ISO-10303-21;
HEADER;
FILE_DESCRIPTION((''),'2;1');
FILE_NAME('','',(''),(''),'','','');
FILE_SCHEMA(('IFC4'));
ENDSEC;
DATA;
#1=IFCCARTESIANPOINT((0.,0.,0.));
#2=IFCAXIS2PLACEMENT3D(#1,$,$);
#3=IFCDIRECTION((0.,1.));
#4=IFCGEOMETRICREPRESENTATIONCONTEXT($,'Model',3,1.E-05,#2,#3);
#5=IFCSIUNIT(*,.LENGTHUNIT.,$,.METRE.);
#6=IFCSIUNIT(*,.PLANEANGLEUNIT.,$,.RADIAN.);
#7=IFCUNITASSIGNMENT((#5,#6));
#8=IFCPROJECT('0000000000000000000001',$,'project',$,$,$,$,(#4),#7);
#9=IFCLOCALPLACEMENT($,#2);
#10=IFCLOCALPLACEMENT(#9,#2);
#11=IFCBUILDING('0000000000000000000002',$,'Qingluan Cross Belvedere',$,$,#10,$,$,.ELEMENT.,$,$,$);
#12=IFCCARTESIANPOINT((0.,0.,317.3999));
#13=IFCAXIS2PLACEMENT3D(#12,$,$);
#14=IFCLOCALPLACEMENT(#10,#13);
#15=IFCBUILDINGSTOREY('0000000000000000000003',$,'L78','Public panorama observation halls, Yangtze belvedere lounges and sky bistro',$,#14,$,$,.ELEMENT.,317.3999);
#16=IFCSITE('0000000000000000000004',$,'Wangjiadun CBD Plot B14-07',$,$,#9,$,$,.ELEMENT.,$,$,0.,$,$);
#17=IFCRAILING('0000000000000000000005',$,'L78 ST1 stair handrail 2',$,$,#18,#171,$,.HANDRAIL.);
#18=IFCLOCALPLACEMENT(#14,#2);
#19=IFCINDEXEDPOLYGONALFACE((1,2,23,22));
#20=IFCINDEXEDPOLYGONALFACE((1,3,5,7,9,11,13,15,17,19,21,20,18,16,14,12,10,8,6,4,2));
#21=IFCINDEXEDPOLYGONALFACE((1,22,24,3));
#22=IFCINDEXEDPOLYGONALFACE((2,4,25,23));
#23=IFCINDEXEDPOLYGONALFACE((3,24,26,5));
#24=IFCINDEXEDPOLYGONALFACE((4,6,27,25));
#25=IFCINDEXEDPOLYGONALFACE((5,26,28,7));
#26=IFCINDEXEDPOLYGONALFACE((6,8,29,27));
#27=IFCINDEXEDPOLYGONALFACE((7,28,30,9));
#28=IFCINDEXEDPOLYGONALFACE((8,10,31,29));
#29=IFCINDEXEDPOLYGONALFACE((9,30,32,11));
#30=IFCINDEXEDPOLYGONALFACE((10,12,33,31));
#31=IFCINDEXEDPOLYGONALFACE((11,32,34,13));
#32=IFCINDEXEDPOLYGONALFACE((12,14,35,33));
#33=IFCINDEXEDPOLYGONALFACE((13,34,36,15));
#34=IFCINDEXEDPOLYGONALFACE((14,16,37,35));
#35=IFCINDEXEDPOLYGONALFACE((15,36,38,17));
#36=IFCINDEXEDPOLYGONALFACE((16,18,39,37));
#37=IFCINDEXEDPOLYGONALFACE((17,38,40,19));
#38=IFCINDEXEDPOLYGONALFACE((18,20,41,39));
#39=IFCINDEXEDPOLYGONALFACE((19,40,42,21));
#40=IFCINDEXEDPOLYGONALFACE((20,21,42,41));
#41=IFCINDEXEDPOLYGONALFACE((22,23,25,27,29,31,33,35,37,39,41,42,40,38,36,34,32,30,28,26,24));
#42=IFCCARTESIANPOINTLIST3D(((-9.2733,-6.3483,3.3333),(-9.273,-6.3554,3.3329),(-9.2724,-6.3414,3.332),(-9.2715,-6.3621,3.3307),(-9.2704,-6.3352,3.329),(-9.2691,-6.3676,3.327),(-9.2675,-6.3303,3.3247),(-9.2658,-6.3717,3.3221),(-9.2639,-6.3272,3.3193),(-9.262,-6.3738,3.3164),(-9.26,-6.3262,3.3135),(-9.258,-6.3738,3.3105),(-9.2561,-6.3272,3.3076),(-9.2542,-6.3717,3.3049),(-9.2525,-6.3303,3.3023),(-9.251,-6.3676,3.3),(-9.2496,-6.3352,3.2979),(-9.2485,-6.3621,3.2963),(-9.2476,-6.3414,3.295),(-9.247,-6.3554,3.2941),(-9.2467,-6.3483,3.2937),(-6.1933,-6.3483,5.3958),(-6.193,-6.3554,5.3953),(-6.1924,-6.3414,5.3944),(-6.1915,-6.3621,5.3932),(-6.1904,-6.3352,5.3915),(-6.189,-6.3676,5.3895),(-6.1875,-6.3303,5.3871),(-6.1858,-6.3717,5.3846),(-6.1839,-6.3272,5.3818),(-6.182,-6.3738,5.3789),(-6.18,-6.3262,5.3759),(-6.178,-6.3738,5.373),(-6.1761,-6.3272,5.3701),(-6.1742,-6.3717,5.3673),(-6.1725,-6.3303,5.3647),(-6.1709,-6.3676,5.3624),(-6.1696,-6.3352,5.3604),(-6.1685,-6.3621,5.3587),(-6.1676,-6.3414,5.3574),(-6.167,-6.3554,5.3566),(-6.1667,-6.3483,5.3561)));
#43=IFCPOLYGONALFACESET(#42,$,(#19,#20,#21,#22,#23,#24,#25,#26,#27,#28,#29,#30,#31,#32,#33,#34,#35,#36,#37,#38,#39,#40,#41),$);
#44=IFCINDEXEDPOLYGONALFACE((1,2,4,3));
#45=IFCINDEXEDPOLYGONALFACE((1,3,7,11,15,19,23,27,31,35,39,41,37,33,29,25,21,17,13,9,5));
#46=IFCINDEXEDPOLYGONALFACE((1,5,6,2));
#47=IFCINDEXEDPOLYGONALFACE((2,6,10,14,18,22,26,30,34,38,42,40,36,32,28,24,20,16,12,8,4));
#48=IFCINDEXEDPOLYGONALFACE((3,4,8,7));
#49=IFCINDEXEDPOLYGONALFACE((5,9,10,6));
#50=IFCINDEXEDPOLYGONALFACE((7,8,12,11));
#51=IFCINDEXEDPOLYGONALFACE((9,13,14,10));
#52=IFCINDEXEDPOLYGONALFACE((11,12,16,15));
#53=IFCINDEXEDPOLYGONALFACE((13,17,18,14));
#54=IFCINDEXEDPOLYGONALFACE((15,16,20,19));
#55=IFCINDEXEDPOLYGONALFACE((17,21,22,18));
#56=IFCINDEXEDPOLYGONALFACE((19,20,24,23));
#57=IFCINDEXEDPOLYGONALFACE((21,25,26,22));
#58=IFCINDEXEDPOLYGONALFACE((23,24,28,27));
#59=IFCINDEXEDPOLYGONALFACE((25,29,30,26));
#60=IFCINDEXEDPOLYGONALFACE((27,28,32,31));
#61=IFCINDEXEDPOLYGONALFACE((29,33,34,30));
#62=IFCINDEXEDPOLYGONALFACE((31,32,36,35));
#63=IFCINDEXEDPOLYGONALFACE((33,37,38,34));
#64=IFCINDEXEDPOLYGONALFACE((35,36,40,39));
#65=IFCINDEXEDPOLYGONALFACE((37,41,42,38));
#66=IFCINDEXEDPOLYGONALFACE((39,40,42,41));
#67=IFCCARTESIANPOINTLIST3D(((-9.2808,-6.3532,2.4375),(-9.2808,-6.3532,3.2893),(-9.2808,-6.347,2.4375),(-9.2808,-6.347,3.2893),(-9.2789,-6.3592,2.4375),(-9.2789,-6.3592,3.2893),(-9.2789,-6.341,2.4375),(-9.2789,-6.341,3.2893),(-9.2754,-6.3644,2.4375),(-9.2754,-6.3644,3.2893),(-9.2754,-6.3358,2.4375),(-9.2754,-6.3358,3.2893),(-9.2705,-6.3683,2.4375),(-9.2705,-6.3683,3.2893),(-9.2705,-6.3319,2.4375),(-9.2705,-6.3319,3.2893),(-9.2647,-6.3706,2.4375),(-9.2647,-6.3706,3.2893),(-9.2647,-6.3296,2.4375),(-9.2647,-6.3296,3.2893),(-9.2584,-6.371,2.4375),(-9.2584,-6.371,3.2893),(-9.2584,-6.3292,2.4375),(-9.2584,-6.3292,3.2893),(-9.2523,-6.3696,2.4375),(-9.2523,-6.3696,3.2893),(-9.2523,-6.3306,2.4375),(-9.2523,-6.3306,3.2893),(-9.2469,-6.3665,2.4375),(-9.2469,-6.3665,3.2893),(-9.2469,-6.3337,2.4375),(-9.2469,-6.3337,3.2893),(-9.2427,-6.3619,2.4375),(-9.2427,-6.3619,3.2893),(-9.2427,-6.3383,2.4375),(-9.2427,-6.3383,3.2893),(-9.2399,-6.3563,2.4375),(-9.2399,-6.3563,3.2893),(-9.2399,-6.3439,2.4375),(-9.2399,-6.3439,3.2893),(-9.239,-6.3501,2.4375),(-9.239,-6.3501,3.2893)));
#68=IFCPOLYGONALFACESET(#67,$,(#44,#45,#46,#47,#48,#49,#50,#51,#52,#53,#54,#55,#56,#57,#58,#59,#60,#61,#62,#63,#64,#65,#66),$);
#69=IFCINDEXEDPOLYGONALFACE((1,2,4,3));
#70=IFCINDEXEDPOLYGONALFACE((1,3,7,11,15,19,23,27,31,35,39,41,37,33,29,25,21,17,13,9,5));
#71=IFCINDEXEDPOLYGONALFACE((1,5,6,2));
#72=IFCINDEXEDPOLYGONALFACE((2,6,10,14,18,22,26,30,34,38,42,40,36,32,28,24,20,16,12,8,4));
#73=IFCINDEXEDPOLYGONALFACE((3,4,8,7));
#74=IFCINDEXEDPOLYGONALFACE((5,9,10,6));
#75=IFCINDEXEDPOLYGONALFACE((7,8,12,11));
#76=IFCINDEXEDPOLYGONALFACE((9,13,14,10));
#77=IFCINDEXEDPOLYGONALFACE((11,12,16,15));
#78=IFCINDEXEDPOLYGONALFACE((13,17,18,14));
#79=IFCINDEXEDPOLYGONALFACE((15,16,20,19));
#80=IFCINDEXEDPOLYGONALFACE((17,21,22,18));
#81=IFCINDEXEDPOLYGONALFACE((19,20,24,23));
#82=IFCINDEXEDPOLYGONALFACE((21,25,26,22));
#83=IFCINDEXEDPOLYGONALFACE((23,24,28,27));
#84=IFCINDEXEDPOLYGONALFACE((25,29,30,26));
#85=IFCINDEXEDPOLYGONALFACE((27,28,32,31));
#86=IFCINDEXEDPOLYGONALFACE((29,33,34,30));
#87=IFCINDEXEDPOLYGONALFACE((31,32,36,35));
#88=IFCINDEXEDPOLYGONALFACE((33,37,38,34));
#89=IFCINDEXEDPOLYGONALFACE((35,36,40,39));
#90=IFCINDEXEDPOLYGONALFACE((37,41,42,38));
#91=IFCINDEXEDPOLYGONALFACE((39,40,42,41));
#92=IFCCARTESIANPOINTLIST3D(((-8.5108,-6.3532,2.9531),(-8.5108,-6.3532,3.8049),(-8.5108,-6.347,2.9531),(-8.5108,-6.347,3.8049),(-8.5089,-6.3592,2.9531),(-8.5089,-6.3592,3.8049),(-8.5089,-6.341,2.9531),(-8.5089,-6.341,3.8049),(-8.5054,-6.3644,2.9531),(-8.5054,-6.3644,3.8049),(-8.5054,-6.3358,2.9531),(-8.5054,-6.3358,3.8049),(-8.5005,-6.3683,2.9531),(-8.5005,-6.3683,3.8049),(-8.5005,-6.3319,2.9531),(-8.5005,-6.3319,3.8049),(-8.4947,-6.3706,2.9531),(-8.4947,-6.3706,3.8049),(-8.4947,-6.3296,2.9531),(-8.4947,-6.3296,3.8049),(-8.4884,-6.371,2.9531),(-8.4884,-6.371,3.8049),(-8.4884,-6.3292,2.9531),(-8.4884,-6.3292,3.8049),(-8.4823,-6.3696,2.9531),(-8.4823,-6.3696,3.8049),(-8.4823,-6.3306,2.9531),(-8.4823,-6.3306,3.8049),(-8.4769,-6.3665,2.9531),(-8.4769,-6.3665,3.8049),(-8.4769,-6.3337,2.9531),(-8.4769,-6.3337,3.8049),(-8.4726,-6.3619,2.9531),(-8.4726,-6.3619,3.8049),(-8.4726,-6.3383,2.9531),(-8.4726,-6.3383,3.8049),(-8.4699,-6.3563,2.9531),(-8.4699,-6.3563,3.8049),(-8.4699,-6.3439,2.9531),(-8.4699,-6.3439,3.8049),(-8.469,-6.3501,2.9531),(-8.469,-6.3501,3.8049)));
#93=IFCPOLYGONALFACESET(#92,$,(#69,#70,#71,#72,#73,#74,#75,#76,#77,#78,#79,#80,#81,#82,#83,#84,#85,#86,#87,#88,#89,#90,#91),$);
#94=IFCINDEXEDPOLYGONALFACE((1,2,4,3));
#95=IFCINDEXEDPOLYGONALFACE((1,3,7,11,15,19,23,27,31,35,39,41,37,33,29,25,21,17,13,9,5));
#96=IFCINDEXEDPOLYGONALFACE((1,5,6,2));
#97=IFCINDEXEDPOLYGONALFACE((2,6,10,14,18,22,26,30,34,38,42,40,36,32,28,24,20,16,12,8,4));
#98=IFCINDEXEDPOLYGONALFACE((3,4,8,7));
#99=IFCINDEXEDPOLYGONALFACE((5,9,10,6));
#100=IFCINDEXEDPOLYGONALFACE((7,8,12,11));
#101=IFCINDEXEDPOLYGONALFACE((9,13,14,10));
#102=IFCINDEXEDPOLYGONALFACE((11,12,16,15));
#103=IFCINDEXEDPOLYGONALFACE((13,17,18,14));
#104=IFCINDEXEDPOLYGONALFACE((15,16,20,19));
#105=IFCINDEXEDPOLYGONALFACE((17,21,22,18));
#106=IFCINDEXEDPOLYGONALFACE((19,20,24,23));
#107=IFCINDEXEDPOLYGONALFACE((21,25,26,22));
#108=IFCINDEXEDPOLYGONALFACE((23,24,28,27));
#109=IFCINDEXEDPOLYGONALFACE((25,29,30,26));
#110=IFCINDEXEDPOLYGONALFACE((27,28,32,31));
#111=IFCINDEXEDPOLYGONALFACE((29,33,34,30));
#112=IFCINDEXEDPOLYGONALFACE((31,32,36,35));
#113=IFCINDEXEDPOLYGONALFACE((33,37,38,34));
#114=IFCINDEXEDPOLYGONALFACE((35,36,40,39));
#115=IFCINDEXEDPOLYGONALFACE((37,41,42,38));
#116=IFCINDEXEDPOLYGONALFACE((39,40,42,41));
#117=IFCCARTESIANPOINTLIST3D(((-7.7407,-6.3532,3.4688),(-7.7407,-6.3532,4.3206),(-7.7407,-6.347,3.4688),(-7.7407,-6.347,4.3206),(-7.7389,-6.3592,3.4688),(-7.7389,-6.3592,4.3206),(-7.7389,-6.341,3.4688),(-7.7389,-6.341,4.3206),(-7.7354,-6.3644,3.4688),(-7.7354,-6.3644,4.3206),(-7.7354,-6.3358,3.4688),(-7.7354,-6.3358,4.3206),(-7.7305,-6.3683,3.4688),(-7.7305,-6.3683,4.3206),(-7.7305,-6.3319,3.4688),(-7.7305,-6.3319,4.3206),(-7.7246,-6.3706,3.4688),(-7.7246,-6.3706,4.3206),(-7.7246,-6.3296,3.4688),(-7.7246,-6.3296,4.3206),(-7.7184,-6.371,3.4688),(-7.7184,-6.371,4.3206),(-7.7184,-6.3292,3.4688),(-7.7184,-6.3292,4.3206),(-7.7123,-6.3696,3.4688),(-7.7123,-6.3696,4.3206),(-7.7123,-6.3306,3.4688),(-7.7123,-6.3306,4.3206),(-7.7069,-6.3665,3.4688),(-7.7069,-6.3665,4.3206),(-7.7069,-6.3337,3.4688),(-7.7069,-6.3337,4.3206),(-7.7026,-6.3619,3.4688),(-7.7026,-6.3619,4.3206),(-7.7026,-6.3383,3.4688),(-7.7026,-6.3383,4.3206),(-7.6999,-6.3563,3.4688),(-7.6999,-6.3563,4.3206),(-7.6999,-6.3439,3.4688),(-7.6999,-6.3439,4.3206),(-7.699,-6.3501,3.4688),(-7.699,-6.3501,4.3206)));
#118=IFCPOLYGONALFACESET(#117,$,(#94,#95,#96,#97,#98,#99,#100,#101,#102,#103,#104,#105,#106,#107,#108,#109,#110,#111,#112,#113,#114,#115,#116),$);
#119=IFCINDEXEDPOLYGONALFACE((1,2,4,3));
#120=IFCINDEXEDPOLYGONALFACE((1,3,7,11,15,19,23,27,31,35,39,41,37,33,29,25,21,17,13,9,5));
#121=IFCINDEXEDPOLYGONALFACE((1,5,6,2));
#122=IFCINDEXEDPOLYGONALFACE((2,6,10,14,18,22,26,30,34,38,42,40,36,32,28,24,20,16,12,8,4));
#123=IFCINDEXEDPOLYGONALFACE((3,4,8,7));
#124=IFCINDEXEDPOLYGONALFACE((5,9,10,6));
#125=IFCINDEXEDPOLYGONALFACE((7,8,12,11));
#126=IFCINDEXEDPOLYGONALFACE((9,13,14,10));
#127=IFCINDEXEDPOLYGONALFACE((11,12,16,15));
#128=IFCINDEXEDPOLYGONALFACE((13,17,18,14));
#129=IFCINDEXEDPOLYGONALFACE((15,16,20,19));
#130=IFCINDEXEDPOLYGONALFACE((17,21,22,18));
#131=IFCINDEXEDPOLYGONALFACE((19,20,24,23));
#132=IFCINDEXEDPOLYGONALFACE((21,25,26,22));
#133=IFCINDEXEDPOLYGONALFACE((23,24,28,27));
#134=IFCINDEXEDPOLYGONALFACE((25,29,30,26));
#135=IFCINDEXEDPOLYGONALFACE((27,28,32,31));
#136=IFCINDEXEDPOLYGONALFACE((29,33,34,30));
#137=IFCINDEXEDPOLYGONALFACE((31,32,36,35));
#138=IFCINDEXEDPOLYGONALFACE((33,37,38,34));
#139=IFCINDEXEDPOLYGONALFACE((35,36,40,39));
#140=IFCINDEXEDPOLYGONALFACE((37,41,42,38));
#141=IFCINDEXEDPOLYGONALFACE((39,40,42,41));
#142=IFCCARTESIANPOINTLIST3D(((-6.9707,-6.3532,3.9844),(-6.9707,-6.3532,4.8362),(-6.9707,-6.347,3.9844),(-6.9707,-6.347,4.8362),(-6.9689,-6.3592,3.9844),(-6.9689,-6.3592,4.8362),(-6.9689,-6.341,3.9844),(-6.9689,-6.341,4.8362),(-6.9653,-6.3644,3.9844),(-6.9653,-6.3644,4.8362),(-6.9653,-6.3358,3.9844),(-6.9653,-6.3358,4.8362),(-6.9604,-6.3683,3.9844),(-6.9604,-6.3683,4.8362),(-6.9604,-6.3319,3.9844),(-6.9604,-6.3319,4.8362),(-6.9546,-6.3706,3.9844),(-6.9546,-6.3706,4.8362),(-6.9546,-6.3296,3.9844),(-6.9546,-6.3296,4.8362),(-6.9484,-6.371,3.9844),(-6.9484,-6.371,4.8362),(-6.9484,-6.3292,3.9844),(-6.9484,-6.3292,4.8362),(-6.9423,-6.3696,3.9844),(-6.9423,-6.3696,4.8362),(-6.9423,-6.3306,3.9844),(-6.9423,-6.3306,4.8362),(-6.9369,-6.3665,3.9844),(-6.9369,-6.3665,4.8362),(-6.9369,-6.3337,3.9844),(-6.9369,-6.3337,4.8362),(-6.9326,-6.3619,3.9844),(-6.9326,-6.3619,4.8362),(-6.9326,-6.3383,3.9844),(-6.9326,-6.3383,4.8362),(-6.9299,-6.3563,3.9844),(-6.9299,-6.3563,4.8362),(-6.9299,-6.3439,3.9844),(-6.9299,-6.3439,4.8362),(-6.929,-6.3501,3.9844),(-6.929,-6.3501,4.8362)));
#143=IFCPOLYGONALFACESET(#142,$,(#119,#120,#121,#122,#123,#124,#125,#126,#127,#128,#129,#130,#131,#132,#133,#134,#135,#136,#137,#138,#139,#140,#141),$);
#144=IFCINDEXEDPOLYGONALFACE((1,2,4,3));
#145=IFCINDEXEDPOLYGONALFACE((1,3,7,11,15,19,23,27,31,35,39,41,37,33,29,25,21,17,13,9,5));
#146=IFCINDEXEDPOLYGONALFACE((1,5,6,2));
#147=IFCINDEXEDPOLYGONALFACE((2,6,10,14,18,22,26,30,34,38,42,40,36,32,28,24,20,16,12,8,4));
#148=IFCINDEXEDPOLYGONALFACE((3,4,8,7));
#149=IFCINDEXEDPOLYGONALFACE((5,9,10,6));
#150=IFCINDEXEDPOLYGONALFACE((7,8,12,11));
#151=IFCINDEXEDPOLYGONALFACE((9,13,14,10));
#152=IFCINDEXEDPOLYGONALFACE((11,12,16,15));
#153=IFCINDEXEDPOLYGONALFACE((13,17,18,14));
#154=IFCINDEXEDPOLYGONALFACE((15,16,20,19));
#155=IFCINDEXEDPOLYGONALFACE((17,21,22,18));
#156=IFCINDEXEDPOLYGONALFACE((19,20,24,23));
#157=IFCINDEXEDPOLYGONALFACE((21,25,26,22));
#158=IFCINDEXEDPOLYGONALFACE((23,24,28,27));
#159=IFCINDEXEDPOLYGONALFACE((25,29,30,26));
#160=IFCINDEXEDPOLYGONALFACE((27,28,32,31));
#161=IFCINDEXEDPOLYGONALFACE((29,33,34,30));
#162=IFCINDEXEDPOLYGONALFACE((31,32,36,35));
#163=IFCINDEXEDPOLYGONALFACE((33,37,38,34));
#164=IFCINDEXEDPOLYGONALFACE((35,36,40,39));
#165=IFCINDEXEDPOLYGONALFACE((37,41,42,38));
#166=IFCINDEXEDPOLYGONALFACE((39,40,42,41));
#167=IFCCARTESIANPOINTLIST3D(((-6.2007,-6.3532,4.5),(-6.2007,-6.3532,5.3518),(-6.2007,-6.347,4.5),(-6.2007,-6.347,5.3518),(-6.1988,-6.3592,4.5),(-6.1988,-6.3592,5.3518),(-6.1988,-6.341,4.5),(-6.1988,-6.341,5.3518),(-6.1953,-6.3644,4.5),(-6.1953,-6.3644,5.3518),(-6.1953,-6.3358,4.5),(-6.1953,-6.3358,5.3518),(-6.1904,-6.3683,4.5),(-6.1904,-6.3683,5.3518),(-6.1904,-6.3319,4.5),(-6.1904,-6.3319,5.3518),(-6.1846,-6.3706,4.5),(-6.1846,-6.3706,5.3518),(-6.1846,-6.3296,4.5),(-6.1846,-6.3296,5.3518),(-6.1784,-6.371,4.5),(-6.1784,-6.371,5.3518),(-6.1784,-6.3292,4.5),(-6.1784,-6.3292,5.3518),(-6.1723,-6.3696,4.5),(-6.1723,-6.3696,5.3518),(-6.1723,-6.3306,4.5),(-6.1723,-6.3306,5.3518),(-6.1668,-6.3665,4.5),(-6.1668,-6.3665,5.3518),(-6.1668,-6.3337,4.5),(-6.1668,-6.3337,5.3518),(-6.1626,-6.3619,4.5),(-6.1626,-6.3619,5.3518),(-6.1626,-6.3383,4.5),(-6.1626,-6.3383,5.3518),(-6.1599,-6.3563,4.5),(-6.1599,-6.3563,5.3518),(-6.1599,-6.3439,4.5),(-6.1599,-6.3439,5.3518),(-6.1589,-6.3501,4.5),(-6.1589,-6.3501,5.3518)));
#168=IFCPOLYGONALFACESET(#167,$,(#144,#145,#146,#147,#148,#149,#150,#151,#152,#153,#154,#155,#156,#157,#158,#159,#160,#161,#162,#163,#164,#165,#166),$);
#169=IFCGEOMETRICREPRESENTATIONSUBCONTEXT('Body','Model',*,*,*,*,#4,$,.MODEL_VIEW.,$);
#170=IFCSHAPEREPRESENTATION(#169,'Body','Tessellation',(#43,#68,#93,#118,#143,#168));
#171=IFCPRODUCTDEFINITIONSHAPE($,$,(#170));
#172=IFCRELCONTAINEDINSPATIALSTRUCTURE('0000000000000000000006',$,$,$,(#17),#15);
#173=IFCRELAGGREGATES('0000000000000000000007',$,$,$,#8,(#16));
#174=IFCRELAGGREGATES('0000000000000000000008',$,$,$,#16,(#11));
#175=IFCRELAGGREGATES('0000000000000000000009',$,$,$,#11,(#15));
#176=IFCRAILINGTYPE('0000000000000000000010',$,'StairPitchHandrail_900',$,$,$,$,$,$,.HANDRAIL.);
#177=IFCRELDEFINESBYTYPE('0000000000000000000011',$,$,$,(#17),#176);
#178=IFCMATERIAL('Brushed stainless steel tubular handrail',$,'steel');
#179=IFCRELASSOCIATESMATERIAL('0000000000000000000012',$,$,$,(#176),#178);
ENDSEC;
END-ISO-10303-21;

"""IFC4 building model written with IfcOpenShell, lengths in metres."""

from ifc_helpers import new_model, si_unit, direction, frame, origin, origin_2d, place, context, subcontext, project, spatial, circle, extrude, material, type_object, element, save


model = new_model("IFC4")

# Units and contexts
model_context = context("Model", 3, precision=1e-05, world=origin(), true_north=direction((0.0, 1.0)))
body_context = subcontext(model_context, "Body", "Model", "MODEL_VIEW")
ifc_project = project(units=[si_unit("LENGTHUNIT", "METRE"), si_unit("PLANEANGLEUNIT", "RADIAN")], contexts=[model_context])

# Site, building, storey
site_placement = place(None, origin())
site = spatial("IfcSite", under=ifc_project, at=site_placement, Name="Wangjiadun CBD Plot B14-07", CompositionType="ELEMENT", RefElevation=0.0)
building_placement = place(site_placement, origin())
building = spatial("IfcBuilding", under=site, at=building_placement, Name="Qingluan Cross Belvedere", CompositionType="ELEMENT")
storey_placement = place(building_placement, frame((0.0, 0.0, 317.3999)))
storey = spatial("IfcBuildingStorey", under=building, at=storey_placement, Name="L78", Description="Public panorama observation halls, Yangtze belvedere lounges and sky bistro", CompositionType="ELEMENT", Elevation=317.3999)

# Railing
ifc_material_1 = material(Name="Brushed stainless steel tubular handrail", Category="steel")
railing_type = type_object("IfcRailingType", Name="StairPitchHandrail_900", PredefinedType="HANDRAIL", material=ifc_material_1)
railing_placement = place(storey_placement, frame((-9.26, -6.3501, 2.4375)))
element("IfcRailing", 1, at=railing_placement, inside=storey, type_object=railing_type, Name="L78 ST1 stair handrail 2", PredefinedType="HANDRAIL", context=body_context, shape_type="SweptSolid", body=[
    extrude(circle(Radius=0.0239, at=origin_2d()), frame((0.0, 0.0, 0.876), z_axis=(0.830914, 0.0, 0.556401), x_axis=(0.0, 1.0, 0.0)), (0.0, 0.0, 1.0), 3.7068),
    extrude(circle(Radius=0.021, at=origin_2d()), origin(), (0.0, 0.0, 1.0), 0.8518),
    extrude(circle(Radius=0.021, at=origin_2d()), frame((0.77, 0.0, 0.5156)), (0.0, 0.0, 1.0), 0.8518),
    extrude(circle(Radius=0.021, at=origin_2d()), frame((1.54, 0.0, 1.0312)), (0.0, 0.0, 1.0), 0.8518),
    extrude(circle(Radius=0.021, at=origin_2d()), frame((2.3101, 0.0, 1.5469)), (0.0, 0.0, 1.0), 0.8518),
    extrude(circle(Radius=0.021, at=origin_2d()), frame((3.0801, 0.0, 2.0625)), (0.0, 0.0, 1.0), 0.8518),
])

save(model, "model.ifc")
